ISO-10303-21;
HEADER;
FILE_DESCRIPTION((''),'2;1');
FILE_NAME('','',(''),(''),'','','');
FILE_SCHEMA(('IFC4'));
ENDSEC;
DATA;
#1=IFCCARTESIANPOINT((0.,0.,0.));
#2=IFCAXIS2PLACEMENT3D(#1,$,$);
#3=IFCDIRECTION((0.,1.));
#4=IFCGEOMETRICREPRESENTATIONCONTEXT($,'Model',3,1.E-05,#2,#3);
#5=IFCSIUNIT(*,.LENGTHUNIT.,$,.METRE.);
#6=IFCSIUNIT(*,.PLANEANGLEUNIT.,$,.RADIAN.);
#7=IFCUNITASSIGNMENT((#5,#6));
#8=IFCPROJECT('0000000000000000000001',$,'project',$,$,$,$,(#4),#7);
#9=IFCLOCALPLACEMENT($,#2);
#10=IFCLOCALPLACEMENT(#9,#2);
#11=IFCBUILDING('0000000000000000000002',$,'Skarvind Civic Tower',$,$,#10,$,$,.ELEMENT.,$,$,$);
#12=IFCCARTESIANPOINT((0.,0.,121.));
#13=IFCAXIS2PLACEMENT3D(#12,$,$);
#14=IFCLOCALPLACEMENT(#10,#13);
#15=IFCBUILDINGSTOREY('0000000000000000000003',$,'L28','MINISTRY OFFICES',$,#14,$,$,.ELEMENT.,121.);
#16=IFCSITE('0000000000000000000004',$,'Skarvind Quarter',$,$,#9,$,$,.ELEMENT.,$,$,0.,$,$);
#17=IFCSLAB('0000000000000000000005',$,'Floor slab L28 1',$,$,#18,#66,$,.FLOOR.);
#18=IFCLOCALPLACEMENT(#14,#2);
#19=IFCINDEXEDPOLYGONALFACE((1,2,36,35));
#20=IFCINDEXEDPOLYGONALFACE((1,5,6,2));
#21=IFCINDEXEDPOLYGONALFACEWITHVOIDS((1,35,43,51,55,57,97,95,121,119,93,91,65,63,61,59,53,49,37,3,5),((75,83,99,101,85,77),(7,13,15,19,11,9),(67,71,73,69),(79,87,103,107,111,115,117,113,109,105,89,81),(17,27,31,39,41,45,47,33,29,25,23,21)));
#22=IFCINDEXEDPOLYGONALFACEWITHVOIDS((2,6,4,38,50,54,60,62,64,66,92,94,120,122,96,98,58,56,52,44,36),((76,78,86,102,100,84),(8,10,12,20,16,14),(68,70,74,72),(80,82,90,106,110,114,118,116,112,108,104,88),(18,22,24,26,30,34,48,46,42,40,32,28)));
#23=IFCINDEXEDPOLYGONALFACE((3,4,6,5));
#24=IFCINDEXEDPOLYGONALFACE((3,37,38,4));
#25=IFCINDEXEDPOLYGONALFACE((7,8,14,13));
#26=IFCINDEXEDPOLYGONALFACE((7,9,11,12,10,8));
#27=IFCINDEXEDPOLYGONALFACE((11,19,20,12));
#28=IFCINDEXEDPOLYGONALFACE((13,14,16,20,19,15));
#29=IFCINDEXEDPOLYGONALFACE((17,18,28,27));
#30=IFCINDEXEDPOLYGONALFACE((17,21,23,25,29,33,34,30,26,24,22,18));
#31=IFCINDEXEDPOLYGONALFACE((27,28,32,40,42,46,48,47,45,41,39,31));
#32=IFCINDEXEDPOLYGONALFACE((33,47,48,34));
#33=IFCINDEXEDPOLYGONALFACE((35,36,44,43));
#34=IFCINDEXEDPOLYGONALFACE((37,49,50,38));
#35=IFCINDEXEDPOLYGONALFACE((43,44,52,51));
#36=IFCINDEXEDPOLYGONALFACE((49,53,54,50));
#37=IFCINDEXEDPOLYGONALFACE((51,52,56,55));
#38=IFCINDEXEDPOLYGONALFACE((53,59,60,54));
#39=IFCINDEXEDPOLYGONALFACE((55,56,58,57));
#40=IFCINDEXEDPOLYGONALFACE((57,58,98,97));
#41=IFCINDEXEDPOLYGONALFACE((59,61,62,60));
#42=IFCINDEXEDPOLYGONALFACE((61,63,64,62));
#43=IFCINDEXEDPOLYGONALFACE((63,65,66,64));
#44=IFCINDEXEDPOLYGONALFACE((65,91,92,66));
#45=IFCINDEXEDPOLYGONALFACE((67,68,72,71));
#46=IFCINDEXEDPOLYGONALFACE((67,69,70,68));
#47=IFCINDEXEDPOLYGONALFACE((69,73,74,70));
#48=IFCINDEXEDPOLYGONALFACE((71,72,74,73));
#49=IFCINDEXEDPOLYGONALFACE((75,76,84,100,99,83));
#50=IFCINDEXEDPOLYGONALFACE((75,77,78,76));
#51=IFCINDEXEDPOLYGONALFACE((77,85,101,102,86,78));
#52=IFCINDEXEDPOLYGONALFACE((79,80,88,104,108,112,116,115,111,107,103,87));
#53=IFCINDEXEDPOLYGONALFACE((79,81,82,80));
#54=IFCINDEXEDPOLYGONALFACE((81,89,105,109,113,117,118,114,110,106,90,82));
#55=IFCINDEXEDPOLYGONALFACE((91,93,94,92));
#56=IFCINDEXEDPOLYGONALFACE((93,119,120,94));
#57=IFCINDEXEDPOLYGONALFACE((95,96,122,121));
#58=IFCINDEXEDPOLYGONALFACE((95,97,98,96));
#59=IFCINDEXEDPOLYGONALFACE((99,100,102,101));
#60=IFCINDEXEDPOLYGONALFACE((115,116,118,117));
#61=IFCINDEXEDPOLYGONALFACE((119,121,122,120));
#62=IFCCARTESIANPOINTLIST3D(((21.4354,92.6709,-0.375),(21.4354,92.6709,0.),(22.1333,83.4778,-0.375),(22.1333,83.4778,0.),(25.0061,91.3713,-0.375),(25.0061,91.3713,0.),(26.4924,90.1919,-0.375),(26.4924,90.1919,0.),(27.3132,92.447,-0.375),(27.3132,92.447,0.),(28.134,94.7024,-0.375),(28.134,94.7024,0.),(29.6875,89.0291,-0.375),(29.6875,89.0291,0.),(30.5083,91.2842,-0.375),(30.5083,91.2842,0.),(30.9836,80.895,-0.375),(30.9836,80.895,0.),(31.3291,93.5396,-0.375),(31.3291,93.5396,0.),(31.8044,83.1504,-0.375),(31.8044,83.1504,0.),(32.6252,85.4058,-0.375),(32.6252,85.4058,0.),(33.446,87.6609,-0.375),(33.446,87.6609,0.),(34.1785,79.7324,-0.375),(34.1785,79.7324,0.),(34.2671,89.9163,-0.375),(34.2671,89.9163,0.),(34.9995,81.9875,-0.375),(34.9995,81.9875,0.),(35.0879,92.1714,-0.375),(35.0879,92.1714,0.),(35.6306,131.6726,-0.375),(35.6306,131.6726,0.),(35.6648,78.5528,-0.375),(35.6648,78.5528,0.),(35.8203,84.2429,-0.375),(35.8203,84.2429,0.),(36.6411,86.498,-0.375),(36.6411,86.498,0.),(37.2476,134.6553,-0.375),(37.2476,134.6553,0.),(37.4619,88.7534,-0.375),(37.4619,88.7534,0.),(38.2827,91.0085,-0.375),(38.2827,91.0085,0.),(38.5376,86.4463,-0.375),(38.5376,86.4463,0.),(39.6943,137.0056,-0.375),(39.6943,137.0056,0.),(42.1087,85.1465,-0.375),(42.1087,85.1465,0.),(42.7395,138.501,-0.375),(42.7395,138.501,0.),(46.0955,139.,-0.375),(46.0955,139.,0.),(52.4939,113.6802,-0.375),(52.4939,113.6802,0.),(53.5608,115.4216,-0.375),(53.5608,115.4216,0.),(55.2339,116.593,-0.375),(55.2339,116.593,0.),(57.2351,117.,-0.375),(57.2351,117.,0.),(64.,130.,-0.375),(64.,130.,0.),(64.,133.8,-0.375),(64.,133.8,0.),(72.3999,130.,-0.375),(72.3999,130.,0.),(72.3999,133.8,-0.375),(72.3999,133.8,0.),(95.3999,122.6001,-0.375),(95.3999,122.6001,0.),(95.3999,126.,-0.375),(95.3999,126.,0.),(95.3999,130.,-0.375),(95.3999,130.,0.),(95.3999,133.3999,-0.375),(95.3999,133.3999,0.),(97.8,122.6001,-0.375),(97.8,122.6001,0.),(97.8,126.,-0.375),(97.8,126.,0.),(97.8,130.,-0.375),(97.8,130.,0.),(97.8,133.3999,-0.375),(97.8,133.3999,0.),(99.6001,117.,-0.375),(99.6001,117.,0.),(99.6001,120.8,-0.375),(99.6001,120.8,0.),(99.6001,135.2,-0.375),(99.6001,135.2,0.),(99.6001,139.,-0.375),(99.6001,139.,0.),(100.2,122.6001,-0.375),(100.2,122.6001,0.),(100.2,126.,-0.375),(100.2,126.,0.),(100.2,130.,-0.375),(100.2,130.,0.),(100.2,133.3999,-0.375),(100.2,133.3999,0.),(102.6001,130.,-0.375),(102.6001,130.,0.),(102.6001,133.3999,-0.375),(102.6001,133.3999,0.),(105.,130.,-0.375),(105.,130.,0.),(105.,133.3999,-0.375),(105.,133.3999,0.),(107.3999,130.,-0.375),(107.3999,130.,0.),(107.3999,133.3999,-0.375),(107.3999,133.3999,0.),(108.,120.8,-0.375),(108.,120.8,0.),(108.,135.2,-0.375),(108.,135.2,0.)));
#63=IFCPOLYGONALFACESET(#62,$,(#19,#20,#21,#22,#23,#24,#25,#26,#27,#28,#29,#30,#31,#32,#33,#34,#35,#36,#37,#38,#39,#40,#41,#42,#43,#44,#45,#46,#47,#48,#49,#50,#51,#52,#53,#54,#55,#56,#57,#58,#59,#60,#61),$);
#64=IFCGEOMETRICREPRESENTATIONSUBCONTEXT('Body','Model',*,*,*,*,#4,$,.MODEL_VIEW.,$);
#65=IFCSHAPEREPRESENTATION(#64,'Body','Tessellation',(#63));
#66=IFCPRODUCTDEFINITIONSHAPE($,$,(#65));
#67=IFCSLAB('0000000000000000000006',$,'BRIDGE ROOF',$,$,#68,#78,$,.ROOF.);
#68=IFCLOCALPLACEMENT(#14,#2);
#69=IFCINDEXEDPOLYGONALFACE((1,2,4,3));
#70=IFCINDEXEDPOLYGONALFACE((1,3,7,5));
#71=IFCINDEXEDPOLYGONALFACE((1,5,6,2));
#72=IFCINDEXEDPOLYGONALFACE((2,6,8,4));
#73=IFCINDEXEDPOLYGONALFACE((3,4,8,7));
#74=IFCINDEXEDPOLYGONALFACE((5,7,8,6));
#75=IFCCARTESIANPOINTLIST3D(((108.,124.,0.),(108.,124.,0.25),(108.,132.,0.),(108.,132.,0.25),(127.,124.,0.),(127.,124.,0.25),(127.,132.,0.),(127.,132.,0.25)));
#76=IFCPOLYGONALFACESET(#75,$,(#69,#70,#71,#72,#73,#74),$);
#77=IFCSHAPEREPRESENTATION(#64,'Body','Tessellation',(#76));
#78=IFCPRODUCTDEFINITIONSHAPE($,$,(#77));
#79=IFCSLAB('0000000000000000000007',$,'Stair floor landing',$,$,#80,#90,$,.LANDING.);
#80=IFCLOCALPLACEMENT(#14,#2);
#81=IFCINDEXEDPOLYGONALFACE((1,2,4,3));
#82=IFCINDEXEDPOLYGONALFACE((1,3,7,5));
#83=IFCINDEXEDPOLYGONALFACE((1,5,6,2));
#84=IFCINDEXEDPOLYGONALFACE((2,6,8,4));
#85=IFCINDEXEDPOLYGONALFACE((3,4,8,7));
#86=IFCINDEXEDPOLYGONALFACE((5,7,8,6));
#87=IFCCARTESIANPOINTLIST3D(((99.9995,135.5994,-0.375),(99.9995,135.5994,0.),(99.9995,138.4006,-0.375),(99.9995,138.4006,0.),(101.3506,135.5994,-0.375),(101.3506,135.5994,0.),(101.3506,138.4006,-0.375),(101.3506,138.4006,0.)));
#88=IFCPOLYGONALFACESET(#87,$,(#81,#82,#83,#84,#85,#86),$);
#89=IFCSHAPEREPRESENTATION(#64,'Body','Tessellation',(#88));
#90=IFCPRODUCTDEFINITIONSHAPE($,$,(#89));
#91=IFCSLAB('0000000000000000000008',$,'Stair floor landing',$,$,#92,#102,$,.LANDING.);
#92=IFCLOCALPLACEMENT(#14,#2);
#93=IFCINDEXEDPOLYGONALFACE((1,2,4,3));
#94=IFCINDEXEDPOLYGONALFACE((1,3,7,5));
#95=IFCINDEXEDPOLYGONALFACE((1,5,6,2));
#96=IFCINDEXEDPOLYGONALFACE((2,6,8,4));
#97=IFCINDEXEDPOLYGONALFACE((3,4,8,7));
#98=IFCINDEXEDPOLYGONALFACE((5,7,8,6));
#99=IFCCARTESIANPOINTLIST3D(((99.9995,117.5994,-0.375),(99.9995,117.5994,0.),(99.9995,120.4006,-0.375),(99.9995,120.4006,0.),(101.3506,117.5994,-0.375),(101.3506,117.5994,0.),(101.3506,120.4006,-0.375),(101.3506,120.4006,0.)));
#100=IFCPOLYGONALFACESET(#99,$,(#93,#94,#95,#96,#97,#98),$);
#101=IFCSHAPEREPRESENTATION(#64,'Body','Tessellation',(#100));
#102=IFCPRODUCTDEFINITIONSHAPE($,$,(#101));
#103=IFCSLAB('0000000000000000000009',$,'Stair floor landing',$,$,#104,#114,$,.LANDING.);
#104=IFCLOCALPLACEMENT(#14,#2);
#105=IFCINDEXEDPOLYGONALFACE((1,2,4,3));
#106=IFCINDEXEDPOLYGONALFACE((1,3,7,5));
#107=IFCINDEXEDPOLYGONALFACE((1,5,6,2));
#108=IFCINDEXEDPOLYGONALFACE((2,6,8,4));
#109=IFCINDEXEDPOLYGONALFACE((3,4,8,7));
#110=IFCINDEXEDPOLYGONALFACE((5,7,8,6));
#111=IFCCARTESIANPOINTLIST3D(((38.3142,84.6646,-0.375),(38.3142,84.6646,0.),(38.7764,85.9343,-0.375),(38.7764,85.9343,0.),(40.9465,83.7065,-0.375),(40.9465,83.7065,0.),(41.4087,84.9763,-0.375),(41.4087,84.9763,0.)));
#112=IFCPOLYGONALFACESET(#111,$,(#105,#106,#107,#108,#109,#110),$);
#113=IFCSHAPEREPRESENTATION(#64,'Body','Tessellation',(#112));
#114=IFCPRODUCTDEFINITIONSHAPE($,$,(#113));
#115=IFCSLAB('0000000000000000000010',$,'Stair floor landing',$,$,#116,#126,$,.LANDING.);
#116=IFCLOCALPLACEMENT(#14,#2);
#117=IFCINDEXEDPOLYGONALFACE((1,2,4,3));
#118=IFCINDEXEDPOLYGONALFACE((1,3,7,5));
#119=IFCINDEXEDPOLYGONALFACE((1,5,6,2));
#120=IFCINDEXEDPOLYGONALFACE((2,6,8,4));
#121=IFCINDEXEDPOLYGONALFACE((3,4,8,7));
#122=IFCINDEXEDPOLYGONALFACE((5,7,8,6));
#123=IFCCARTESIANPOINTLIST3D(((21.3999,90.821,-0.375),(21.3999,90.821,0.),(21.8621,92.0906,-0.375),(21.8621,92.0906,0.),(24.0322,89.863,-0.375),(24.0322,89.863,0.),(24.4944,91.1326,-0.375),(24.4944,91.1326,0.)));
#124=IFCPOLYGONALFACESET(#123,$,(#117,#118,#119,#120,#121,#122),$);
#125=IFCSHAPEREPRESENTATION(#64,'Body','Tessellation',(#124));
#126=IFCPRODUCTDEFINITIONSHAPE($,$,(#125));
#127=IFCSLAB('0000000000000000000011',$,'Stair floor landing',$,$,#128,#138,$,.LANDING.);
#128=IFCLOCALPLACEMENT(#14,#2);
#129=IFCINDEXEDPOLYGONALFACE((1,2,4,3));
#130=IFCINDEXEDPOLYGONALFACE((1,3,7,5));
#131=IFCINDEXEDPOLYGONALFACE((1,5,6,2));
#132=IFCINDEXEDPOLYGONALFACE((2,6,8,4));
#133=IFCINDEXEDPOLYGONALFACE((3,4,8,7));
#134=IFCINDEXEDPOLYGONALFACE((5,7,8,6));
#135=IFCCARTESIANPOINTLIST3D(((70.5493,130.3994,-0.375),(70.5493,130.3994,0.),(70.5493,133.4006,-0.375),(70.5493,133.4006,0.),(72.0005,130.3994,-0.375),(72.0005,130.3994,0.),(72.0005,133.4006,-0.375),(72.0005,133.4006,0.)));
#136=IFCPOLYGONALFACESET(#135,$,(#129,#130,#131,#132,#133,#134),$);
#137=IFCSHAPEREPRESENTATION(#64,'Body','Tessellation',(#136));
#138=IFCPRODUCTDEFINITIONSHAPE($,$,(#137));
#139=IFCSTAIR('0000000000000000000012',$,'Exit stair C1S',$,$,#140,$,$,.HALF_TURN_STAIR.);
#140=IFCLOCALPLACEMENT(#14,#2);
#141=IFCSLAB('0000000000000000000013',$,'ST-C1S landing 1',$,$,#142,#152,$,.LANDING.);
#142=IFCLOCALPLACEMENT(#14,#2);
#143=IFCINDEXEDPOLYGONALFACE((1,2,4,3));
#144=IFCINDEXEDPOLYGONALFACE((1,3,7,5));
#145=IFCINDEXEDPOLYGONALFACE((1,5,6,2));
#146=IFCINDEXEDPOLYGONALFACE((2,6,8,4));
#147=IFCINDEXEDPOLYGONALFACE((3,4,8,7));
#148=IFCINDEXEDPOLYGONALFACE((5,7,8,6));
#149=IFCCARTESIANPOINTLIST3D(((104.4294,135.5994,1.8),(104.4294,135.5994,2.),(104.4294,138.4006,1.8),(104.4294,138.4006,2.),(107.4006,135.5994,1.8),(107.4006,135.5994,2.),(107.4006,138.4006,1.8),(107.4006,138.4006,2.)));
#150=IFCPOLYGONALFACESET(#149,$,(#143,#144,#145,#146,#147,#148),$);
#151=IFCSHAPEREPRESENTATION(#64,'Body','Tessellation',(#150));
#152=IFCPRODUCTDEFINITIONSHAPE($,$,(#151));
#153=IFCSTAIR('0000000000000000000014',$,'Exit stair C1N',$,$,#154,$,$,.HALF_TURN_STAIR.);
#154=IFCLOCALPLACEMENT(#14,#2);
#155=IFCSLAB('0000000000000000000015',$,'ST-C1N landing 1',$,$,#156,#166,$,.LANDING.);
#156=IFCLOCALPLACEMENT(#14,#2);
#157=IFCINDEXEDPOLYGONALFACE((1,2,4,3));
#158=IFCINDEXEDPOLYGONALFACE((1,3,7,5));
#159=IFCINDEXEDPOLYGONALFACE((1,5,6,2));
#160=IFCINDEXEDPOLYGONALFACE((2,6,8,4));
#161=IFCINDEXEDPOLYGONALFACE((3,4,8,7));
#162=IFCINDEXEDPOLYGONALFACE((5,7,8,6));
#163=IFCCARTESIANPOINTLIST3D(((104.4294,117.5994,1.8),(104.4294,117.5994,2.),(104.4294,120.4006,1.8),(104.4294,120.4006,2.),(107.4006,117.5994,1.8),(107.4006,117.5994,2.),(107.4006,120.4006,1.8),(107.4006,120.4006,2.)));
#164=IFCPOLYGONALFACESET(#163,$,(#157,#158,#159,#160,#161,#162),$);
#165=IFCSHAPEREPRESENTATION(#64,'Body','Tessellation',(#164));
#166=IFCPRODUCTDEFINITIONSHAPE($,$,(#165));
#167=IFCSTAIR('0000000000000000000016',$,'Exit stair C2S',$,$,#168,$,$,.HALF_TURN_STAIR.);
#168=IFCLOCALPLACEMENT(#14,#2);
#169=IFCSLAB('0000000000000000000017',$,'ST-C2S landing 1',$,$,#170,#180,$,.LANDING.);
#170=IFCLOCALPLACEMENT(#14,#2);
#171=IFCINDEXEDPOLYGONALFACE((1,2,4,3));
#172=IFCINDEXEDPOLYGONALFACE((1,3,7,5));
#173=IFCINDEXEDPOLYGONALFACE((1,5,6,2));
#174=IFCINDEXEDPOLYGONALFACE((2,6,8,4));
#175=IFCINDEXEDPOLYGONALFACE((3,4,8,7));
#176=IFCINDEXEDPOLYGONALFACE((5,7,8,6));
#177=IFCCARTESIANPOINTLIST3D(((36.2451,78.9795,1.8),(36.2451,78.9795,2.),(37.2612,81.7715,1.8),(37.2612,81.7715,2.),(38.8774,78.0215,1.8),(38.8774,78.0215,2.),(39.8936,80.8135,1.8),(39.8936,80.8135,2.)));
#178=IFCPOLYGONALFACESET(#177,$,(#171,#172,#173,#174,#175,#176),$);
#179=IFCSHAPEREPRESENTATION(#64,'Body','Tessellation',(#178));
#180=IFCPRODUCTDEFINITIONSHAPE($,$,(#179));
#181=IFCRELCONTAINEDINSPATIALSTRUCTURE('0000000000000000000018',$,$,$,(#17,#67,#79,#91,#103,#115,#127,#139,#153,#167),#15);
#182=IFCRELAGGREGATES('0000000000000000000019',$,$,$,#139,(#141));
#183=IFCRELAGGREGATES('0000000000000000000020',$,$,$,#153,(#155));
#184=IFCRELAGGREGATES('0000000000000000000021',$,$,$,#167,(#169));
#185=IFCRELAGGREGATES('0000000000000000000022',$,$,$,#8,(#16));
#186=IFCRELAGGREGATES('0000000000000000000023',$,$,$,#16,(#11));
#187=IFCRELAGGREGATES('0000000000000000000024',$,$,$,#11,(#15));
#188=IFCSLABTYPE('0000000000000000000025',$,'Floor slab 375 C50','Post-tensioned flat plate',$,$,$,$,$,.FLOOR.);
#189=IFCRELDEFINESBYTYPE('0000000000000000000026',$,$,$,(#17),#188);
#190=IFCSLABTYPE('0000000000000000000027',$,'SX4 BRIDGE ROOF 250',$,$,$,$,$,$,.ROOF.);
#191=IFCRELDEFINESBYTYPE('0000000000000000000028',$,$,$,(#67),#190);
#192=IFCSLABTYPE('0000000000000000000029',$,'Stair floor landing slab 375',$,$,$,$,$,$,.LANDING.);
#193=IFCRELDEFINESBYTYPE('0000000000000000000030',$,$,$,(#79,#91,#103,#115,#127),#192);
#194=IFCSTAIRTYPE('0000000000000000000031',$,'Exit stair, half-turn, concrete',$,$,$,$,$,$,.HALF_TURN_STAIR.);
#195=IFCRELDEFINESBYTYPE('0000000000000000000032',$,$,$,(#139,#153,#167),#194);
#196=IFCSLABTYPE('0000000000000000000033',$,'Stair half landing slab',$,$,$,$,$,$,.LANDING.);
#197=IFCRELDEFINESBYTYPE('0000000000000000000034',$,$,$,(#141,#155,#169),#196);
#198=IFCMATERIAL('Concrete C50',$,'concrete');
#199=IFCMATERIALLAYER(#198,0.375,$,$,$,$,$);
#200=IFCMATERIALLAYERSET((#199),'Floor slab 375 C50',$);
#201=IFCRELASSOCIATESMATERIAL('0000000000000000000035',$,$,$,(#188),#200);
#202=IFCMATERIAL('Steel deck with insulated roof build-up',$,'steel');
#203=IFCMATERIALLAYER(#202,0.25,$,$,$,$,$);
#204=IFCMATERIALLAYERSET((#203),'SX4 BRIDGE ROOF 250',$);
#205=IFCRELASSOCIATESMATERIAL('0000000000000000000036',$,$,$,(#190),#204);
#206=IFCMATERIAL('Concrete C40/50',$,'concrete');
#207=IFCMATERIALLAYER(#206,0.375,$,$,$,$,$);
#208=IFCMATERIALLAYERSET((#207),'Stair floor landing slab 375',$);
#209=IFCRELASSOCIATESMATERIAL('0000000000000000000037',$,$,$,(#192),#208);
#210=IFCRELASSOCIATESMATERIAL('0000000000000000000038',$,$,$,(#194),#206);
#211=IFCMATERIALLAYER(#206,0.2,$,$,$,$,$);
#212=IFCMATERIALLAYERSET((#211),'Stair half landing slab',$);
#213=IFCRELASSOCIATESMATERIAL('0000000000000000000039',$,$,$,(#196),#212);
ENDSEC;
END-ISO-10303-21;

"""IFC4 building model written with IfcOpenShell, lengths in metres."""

from ifc_helpers import new_model, si_unit, direction, frame, origin, place, context, subcontext, project, spatial, polyline, outline, extrude, material, layer, layer_set, type_object, element, aggregate, save


model = new_model("IFC4")

# Units and contexts
model_context = context("Model", 3, precision=1e-05, world=origin(), true_north=direction((0.0, 1.0)))
body_context = subcontext(model_context, "Body", "Model", "MODEL_VIEW")
ifc_project = project(units=[si_unit("LENGTHUNIT", "METRE"), si_unit("PLANEANGLEUNIT", "RADIAN")], contexts=[model_context])

# Site, building, storey
site_placement = place(None, origin())
site = spatial("IfcSite", under=ifc_project, at=site_placement, Name="Skarvind Quarter", CompositionType="ELEMENT", RefElevation=0.0)
building_placement = place(site_placement, origin())
building = spatial("IfcBuilding", under=site, at=building_placement, Name="Skarvind Civic Tower", CompositionType="ELEMENT")
storey_placement = place(building_placement, frame((0.0, 0.0, 121.0)))
storey = spatial("IfcBuildingStorey", under=building, at=storey_placement, Name="L28", Description="MINISTRY OFFICES", CompositionType="ELEMENT", Elevation=121.0)

# Slabs
ifc_material_1 = material(Name="Concrete C50", Category="concrete")
ifc_layer_1 = layer(ifc_material_1, 0.375)
ifc_layer_set_1 = layer_set([ifc_layer_1], Name="Floor slab 375 C50")
slab_type_1 = type_object("IfcSlabType", Name="Floor slab 375 C50", Description="Post-tensioned flat plate", PredefinedType="FLOOR", material=ifc_layer_set_1)
slab_1_placement = place(storey_placement, frame((0.0, 0.0, -0.375)))
element("IfcSlab", 1, at=slab_1_placement, inside=storey, type_object=slab_type_1, Name="Floor slab L28 1", PredefinedType="FLOOR", context=body_context, shape_type="SweptSolid", body=[
    extrude(outline(polyline([(99.6001, 117.0), (99.6001, 120.8), (108.0, 120.8), (108.0, 135.2), (99.6001, 135.2), (99.6001, 139.0), (46.0955, 139.0), (42.7395, 138.501), (39.6943, 137.0056), (37.2476, 134.6553), (35.6306, 131.6726), (19.4175, 87.1267), (21.4353, 92.6709), (25.0061, 91.3713), (22.1333, 83.4778), (36.8865, 78.1082), (35.6648, 78.5527), (38.5376, 86.4463), (42.1086, 85.1465), (40.0908, 79.6023), (40.0908, 79.6023), (52.4939, 113.6802), (53.5608, 115.4216), (55.2339, 116.593), (57.2351, 117.0), (99.6001, 117.0)]), holes=[polyline([(32.6252, 85.4058), (33.446, 87.6609), (34.2671, 89.9163), (35.0879, 92.1714), (38.2827, 91.0085), (37.4619, 88.7534), (36.6411, 86.498), (35.8203, 84.2429), (35.8203, 84.2429), (34.9995, 81.9875), (34.1785, 79.7324), (30.9836, 80.895), (31.8044, 83.1504), (32.6252, 85.4058), (32.6252, 85.4058)]), polyline([(31.3291, 93.5396), (30.5083, 91.2842), (29.6875, 89.0291), (26.4924, 90.1919), (27.3132, 92.447), (28.134, 94.7024), (31.3291, 93.5396)]), polyline([(64.0, 130.0), (64.0, 133.8), (72.3999, 133.8), (72.3999, 130.0), (64.0, 130.0)]), polyline([(100.2, 126.0), (100.2, 122.6001), (97.8, 122.6001), (95.3999, 122.6001), (95.3999, 126.0), (97.8, 126.0), (100.2, 126.0)]), polyline([(100.2, 133.3999), (102.6001, 133.3999), (105.0, 133.3999), (107.3999, 133.3999), (107.3999, 130.0), (105.0, 130.0), (102.6001, 130.0), (100.2, 130.0), (97.8, 130.0), (95.3999, 130.0), (95.3999, 133.3999), (97.8, 133.3999), (100.2, 133.3999)])]), origin(), (0.0, 0.0, 1.0), 0.375),
])
ifc_material_2 = material(Name="Steel deck with insulated roof build-up", Category="steel")
ifc_layer_2 = layer(ifc_material_2, 0.25)
ifc_layer_set_2 = layer_set([ifc_layer_2], Name="SX4 BRIDGE ROOF 250")
slab_type_2 = type_object("IfcSlabType", Name="SX4 BRIDGE ROOF 250", PredefinedType="ROOF", material=ifc_layer_set_2)
slab_2_placement = place(storey_placement, origin())
element("IfcSlab", 2, at=slab_2_placement, inside=storey, type_object=slab_type_2, Name="BRIDGE ROOF", PredefinedType="ROOF", context=body_context, shape_type="SweptSolid", body=[
    extrude(outline(polyline([(127.0, 124.0), (127.0, 132.0), (108.0, 132.0), (108.0, 124.0), (127.0, 124.0)])), origin(), (0.0, 0.0, 1.0), 0.25),
])
ifc_material_3 = material(Name="Concrete C40/50", Category="concrete")
ifc_layer_3 = layer(ifc_material_3, 0.375)
ifc_layer_set_3 = layer_set([ifc_layer_3], Name="Stair floor landing slab 375")
slab_type_3 = type_object("IfcSlabType", Name="Stair floor landing slab 375", PredefinedType="LANDING", material=ifc_layer_set_3)
slab_3_placement = place(storey_placement, frame((0.0, 0.0, -0.375)))
element("IfcSlab", 3, at=slab_3_placement, inside=storey, type_object=slab_type_3, Name="Stair floor landing", PredefinedType="LANDING", context=body_context, shape_type="SweptSolid", body=[
    extrude(outline(polyline([(101.3506, 138.4006), (101.3506, 135.5994), (99.9995, 135.5994), (99.9995, 138.4006), (101.3506, 138.4006)])), origin(), (0.0, 0.0, 1.0), 0.375),
])
slab_4_placement = place(storey_placement, frame((0.0, 0.0, -0.375)))
element("IfcSlab", 4, at=slab_4_placement, inside=storey, type_object=slab_type_3, Name="Stair floor landing", PredefinedType="LANDING", context=body_context, shape_type="SweptSolid", body=[
    extrude(outline(polyline([(101.3506, 120.4006), (101.3506, 117.5994), (99.9995, 117.5994), (99.9995, 120.4006), (101.3506, 120.4006)])), origin(), (0.0, 0.0, 1.0), 0.375),
])
slab_5_placement = place(storey_placement, frame((0.0, 0.0, -0.375)))
element("IfcSlab", 5, at=slab_5_placement, inside=storey, type_object=slab_type_3, Name="Stair floor landing", PredefinedType="LANDING", context=body_context, shape_type="SweptSolid", body=[
    extrude(outline(polyline([(40.9465, 83.7065), (38.3142, 84.6646), (38.7764, 85.9343), (41.4087, 84.9763), (40.9465, 83.7065)])), origin(), (0.0, 0.0, 1.0), 0.375),
])
slab_6_placement = place(storey_placement, frame((0.0, 0.0, -0.375)))
element("IfcSlab", 6, at=slab_6_placement, inside=storey, type_object=slab_type_3, Name="Stair floor landing", PredefinedType="LANDING", context=body_context, shape_type="SweptSolid", body=[
    extrude(outline(polyline([(24.0322, 89.863), (21.3999, 90.821), (21.8621, 92.0906), (24.4944, 91.1326), (24.0322, 89.863)])), origin(), (0.0, 0.0, 1.0), 0.375),
])
slab_7_placement = place(storey_placement, frame((0.0, 0.0, -0.375)))
element("IfcSlab", 7, at=slab_7_placement, inside=storey, type_object=slab_type_3, Name="Stair floor landing", PredefinedType="LANDING", context=body_context, shape_type="SweptSolid", body=[
    extrude(outline(polyline([(70.5493, 130.3994), (70.5493, 133.4006), (72.0005, 133.4006), (72.0005, 130.3994), (70.5493, 130.3994)])), origin(), (0.0, 0.0, 1.0), 0.375),
])

# Stairs, slabs
stair_type_1 = type_object("IfcStairType", Name="Exit stair, half-turn, concrete", PredefinedType="HALF_TURN_STAIR", material=ifc_material_3)
stair_1_placement = place(storey_placement, origin())
stair_1 = element("IfcStair", 8, at=stair_1_placement, inside=storey, type_object=stair_type_1, Name="Exit stair C1S", PredefinedType="HALF_TURN_STAIR")
ifc_layer_4 = layer(ifc_material_3, 0.2)
ifc_layer_set_4 = layer_set([ifc_layer_4], Name="Stair half landing slab")
slab_type_4 = type_object("IfcSlabType", Name="Stair half landing slab", PredefinedType="LANDING", material=ifc_layer_set_4)
slab_8_placement = place(storey_placement, frame((0.0, 0.0, 1.8)))
slab_8 = element("IfcSlab", 9, at=slab_8_placement, type_object=slab_type_4, Name="ST-C1S landing 1", PredefinedType="LANDING", context=body_context, shape_type="SweptSolid", body=[
    extrude(outline(polyline([(104.4294, 135.5994), (104.4294, 138.4006), (107.4006, 138.4006), (107.4006, 135.5994), (104.4294, 135.5994)])), origin(), (0.0, 0.0, 1.0), 0.2),
])
aggregate(stair_1, [slab_8])
stair_2_placement = place(storey_placement, origin())
stair_2 = element("IfcStair", 10, at=stair_2_placement, inside=storey, type_object=stair_type_1, Name="Exit stair C1N", PredefinedType="HALF_TURN_STAIR")
slab_9_placement = place(storey_placement, frame((0.0, 0.0, 1.8)))
slab_9 = element("IfcSlab", 11, at=slab_9_placement, type_object=slab_type_4, Name="ST-C1N landing 1", PredefinedType="LANDING", context=body_context, shape_type="SweptSolid", body=[
    extrude(outline(polyline([(104.4294, 117.5994), (104.4294, 120.4006), (107.4006, 120.4006), (107.4006, 117.5994), (104.4294, 117.5994)])), origin(), (0.0, 0.0, 1.0), 0.2),
])
aggregate(stair_2, [slab_9])
stair_3_placement = place(storey_placement, origin())
stair_3 = element("IfcStair", 12, at=stair_3_placement, inside=storey, type_object=stair_type_1, Name="Exit stair C2S", PredefinedType="HALF_TURN_STAIR")
slab_10_placement = place(storey_placement, frame((0.0, 0.0, 1.8)))
slab_10 = element("IfcSlab", 13, at=slab_10_placement, type_object=slab_type_4, Name="ST-C2S landing 1", PredefinedType="LANDING", context=body_context, shape_type="SweptSolid", body=[
    extrude(outline(polyline([(37.2612, 81.7715), (39.8936, 80.8135), (38.8774, 78.0215), (36.2451, 78.9795), (37.2612, 81.7715)])), origin(), (0.0, 0.0, 1.0), 0.2),
])

aggregate(stair_3, [slab_10])

save(model, "model.ifc")
